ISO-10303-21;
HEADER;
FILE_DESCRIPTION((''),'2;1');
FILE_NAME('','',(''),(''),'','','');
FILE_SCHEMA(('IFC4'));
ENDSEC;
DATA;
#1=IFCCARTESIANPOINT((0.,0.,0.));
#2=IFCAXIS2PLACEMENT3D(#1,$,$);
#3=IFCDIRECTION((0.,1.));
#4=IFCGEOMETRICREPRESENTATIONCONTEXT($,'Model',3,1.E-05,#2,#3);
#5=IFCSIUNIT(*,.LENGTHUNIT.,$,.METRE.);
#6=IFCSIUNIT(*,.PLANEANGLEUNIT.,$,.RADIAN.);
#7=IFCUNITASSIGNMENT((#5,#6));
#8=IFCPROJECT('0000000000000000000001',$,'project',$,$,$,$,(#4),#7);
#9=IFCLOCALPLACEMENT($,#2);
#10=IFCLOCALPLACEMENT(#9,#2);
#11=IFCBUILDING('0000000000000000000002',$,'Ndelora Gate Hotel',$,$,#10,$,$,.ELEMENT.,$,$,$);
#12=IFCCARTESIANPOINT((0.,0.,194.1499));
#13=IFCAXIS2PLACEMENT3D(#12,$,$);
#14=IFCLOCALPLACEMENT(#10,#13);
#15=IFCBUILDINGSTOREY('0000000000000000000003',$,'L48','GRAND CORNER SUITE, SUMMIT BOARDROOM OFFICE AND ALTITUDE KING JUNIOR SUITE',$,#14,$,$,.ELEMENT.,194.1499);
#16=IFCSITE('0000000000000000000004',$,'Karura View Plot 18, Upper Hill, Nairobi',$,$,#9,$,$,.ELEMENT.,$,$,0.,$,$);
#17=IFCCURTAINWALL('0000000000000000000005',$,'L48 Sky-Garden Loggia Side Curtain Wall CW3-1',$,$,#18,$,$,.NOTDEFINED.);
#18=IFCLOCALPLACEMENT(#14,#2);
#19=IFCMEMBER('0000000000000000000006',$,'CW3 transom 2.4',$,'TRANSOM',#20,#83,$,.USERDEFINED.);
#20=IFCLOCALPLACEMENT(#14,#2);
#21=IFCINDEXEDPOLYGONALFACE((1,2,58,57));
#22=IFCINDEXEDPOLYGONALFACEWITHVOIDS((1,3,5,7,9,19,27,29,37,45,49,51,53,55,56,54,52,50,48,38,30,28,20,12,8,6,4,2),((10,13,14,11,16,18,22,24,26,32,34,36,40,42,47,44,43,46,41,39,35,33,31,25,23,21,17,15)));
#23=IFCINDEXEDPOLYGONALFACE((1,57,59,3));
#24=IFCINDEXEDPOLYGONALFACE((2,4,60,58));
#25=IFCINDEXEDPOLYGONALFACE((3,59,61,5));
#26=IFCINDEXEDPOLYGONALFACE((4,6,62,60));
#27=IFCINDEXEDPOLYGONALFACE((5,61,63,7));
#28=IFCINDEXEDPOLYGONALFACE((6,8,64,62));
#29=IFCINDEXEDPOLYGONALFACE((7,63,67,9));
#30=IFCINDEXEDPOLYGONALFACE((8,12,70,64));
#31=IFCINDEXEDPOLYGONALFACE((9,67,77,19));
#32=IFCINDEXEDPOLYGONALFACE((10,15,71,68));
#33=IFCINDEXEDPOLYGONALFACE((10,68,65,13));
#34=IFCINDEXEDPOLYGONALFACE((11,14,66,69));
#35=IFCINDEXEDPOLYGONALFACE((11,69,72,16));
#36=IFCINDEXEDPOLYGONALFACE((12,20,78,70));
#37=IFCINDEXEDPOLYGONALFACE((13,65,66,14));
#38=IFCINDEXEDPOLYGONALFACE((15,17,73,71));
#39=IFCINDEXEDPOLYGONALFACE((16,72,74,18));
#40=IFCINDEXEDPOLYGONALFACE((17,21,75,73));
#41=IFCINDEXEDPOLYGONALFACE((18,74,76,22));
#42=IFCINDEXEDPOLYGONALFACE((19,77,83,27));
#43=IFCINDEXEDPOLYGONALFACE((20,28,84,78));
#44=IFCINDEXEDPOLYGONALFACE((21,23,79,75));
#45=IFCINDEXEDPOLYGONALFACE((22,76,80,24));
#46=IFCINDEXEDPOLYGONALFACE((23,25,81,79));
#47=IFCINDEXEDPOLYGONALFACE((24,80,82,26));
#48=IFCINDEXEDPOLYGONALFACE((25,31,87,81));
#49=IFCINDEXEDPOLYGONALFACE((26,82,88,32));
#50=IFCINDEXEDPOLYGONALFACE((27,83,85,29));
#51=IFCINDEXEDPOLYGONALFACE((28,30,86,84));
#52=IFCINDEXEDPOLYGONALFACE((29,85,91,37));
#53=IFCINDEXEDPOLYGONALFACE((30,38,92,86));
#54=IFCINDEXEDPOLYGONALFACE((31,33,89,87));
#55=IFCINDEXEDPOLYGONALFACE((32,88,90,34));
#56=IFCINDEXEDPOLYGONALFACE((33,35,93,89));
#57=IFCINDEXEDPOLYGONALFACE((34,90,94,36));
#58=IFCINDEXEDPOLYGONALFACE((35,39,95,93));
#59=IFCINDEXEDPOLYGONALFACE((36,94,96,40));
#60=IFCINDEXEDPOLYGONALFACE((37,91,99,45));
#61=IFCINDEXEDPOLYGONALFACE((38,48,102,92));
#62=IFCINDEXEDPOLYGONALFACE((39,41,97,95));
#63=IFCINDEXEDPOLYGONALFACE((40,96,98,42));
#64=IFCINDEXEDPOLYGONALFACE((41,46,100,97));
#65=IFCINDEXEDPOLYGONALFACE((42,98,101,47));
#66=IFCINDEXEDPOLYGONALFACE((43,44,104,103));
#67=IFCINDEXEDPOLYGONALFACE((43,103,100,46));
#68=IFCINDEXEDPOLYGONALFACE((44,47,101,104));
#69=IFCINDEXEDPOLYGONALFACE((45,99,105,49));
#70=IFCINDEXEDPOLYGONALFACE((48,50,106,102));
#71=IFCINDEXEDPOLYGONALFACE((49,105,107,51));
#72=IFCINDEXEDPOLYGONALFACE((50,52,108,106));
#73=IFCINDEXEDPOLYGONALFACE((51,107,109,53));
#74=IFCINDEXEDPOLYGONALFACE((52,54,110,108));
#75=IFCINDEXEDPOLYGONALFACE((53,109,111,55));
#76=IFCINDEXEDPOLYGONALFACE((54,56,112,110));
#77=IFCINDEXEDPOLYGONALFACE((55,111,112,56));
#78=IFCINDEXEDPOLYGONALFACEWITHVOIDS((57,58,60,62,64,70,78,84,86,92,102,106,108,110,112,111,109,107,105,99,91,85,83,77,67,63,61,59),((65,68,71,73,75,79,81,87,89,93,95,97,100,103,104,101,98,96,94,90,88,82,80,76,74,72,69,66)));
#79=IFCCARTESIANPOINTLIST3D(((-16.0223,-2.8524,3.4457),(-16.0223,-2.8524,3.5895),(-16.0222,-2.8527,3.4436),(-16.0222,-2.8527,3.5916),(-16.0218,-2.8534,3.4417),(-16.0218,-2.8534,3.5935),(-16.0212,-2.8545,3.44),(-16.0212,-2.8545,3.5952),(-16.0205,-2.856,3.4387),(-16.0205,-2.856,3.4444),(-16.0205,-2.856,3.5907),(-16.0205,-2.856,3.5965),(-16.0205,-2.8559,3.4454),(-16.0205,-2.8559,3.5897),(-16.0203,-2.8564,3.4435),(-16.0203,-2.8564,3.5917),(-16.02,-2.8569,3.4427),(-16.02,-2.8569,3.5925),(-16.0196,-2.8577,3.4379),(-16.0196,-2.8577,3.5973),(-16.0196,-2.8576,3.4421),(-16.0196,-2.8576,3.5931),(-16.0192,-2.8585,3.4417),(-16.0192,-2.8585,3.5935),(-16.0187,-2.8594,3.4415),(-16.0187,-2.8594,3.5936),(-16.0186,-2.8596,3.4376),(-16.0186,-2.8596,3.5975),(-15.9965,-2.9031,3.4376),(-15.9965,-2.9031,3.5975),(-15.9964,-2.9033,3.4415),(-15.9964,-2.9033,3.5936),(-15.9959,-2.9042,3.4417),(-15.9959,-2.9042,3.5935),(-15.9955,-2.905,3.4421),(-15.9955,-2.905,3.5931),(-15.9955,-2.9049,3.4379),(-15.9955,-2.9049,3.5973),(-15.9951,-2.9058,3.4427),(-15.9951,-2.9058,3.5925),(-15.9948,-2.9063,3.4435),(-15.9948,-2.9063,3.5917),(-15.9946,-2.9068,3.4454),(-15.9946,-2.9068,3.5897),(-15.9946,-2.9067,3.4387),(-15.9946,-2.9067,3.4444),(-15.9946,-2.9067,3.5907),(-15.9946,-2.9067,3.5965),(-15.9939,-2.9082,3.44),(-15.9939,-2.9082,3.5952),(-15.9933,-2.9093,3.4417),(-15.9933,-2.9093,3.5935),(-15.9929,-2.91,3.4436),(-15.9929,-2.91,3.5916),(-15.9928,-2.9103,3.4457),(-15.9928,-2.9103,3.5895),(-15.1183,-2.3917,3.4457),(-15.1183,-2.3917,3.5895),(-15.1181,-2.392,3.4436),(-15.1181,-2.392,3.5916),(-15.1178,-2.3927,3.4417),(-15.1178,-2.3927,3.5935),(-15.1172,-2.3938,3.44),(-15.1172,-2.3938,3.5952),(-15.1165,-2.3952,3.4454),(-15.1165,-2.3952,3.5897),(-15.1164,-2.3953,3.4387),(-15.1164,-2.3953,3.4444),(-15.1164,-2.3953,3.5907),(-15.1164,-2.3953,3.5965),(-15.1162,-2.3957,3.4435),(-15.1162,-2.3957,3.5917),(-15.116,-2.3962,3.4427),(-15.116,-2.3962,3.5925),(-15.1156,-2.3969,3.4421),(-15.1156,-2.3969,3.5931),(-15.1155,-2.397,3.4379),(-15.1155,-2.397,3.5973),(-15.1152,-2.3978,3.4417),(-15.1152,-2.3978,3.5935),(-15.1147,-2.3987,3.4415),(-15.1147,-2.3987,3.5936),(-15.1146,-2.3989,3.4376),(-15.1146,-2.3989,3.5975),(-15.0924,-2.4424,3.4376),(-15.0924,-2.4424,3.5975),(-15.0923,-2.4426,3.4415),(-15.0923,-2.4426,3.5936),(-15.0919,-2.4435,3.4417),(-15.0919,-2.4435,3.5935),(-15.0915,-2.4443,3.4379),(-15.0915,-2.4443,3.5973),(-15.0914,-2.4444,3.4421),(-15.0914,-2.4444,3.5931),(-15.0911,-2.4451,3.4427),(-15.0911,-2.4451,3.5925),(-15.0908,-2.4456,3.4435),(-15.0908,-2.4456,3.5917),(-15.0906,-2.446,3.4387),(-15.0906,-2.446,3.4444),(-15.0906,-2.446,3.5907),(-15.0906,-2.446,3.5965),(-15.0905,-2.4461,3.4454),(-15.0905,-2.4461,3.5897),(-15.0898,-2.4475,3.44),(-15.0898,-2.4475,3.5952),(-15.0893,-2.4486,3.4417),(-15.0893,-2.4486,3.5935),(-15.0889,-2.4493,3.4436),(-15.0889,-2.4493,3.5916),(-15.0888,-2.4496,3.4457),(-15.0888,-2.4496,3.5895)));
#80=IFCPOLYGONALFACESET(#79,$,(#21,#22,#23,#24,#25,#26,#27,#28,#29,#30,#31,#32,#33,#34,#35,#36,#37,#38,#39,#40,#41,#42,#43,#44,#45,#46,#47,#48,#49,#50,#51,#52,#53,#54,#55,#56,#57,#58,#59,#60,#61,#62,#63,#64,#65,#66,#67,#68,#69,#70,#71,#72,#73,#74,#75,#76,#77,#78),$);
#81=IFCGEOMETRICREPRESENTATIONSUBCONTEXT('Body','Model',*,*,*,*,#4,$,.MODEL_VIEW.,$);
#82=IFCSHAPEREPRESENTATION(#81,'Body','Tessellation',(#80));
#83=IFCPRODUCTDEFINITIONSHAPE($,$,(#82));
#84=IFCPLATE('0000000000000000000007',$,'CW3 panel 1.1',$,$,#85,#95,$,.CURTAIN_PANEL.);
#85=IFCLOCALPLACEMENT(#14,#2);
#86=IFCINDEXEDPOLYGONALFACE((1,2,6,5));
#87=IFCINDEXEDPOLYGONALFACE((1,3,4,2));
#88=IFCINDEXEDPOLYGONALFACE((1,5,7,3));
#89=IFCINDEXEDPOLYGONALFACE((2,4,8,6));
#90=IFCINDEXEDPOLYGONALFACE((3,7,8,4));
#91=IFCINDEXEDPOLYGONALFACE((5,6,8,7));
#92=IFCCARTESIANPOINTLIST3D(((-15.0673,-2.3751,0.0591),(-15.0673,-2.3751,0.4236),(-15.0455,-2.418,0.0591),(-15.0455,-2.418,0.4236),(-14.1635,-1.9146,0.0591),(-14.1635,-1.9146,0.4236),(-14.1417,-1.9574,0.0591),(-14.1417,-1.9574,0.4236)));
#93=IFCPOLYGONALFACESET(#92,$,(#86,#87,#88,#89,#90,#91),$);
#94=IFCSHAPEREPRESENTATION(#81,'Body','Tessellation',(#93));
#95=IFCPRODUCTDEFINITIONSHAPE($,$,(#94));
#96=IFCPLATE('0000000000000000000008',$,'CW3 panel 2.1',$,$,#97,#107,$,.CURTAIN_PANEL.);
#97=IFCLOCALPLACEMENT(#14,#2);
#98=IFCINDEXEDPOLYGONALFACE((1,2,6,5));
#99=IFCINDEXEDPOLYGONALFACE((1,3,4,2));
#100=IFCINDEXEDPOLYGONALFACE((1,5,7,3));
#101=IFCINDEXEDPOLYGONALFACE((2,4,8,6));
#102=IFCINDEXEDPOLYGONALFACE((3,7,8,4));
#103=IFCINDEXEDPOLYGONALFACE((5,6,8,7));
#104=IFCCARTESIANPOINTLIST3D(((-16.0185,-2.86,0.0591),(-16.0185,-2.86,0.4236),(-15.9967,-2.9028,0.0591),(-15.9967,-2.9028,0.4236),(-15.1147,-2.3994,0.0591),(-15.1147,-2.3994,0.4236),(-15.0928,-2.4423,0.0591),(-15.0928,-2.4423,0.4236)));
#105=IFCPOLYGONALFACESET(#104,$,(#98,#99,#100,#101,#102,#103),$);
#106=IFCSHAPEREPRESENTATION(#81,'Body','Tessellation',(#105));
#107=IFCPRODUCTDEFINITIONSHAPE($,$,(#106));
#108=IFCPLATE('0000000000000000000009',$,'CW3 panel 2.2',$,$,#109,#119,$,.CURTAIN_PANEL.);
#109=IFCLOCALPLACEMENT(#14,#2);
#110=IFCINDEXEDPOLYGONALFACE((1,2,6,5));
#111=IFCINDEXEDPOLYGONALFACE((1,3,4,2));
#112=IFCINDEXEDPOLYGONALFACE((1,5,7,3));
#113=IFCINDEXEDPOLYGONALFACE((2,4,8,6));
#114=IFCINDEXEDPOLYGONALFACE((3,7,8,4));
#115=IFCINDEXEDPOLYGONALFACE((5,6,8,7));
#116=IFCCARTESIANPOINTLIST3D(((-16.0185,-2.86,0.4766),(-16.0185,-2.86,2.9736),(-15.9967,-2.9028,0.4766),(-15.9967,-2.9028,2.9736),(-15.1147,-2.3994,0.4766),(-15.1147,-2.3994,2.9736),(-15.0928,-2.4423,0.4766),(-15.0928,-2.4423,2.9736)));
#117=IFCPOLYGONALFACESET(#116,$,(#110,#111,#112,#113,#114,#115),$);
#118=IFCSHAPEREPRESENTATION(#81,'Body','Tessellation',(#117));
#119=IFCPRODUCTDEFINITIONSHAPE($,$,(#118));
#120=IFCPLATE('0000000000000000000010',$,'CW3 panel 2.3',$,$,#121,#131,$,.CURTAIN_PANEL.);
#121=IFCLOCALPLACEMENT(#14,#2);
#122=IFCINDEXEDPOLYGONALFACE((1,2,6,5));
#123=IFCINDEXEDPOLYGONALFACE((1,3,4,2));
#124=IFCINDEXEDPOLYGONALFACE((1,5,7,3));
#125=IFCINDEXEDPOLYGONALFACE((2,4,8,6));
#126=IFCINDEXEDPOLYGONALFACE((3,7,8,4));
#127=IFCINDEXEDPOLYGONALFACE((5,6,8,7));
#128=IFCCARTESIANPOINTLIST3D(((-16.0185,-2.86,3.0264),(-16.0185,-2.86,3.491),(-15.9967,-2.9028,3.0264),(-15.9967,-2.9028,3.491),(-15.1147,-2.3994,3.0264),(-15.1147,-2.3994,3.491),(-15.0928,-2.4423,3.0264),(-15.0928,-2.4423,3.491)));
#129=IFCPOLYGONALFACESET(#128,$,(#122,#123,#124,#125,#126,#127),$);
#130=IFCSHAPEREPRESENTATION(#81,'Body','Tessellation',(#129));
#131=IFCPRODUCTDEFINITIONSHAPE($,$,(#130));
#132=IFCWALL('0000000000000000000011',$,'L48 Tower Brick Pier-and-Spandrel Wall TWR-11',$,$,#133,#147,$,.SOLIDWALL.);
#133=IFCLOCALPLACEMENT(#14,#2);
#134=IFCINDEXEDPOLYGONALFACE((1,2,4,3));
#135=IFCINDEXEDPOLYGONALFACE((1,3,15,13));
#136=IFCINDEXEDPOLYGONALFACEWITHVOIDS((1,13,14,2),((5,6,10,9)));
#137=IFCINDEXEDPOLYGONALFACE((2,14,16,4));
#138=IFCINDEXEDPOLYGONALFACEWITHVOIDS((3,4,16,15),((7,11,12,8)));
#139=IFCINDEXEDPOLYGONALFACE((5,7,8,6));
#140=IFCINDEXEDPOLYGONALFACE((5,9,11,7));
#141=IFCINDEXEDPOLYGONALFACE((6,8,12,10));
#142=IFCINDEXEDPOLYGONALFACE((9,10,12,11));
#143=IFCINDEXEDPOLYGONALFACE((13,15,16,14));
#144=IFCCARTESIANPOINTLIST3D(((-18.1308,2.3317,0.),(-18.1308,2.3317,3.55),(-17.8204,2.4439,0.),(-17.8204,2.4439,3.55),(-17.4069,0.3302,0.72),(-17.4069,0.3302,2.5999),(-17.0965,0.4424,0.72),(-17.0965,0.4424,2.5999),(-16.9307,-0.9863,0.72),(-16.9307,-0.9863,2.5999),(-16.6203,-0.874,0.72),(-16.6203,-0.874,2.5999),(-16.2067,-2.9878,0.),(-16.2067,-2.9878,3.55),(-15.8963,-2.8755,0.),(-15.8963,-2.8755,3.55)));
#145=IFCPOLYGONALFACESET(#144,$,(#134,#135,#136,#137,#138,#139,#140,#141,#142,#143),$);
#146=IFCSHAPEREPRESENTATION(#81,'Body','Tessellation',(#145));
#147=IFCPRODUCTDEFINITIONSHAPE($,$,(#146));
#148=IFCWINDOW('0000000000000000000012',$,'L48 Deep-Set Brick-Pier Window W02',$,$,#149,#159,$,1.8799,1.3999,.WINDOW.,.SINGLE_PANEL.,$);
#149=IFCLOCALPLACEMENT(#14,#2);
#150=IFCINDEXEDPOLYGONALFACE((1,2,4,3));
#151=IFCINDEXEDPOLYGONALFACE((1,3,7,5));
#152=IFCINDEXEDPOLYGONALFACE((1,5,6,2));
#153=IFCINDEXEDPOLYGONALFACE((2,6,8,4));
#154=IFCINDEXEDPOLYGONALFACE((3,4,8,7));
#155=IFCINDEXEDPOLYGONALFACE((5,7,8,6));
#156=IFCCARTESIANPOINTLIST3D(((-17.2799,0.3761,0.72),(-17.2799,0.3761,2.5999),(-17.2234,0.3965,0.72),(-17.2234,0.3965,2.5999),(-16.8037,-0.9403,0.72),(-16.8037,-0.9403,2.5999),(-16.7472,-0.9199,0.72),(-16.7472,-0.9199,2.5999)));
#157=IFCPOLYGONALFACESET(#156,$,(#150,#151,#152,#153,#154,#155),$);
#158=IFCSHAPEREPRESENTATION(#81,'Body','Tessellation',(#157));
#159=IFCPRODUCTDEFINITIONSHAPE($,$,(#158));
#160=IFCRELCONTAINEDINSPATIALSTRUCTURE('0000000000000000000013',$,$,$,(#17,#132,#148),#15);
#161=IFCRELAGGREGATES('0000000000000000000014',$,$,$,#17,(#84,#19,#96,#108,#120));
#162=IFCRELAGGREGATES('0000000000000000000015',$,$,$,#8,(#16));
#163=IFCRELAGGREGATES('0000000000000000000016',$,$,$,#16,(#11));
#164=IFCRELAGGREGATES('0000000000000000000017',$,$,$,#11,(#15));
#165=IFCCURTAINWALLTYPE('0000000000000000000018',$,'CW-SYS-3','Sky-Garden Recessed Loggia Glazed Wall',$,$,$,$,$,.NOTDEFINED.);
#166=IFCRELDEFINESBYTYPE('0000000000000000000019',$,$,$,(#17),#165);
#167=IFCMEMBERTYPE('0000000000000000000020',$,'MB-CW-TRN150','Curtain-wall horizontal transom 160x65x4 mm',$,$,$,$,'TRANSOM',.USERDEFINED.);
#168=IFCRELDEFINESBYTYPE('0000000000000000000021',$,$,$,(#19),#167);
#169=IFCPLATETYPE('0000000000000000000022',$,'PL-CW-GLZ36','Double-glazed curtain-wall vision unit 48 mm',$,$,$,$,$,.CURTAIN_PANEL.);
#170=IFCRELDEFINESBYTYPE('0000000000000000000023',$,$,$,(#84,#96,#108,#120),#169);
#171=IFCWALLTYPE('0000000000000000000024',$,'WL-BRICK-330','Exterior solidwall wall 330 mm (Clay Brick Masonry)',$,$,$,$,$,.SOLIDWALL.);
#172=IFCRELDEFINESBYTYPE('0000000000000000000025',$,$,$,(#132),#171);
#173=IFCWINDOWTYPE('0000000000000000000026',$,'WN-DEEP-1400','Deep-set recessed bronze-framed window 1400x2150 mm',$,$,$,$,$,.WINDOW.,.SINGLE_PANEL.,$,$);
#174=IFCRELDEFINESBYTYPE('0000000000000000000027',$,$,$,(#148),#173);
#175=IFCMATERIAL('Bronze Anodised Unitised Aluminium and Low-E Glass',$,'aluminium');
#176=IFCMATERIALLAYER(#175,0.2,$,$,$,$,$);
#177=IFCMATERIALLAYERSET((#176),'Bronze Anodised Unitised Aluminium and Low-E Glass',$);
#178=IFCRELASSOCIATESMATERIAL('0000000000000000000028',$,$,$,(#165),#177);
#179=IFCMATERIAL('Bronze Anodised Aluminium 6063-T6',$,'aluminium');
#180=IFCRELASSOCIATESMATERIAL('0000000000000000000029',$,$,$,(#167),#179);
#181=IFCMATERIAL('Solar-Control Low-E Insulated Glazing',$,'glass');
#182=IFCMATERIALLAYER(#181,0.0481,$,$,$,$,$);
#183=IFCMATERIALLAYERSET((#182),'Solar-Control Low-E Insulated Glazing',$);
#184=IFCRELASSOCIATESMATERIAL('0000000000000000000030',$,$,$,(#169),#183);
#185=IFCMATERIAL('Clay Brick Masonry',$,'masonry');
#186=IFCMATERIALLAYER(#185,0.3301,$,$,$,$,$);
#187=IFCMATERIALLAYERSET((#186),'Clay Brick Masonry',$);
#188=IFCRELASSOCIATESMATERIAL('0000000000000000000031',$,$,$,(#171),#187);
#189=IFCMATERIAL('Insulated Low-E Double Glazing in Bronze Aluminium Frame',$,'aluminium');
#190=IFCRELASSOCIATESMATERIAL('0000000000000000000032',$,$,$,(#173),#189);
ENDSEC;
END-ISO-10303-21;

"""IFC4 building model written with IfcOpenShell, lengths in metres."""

from ifc_helpers import new_model, si_unit, direction, frame, frame_2d, origin, origin_2d, place, context, subcontext, project, spatial, rectangle, hollow_rectangle, extrude, material, layer, layer_set, material_profile, profile_set, type_object, element, fill, aggregate, save


model = new_model("IFC4")

# Units and contexts
model_context = context("Model", 3, precision=1e-05, world=origin(), true_north=direction((0.0, 1.0)))
body_context = subcontext(model_context, "Body", "Model", "MODEL_VIEW")
ifc_project = project(units=[si_unit("LENGTHUNIT", "METRE"), si_unit("PLANEANGLEUNIT", "RADIAN")], contexts=[model_context])

# Site, building, storey
site_placement = place(None, origin())
site = spatial("IfcSite", under=ifc_project, at=site_placement, Name="Karura View Plot 18, Upper Hill, Nairobi", CompositionType="ELEMENT", RefElevation=0.0)
building_placement = place(site_placement, origin())
building = spatial("IfcBuilding", under=site, at=building_placement, Name="Ndelora Gate Hotel", CompositionType="ELEMENT")
storey_placement = place(building_placement, frame((0.0, 0.0, 194.1499)))
storey = spatial("IfcBuildingStorey", under=building, at=storey_placement, Name="L48", Description="GRAND CORNER SUITE, SUMMIT BOARDROOM OFFICE AND ALTITUDE KING JUNIOR SUITE", CompositionType="ELEMENT", Elevation=194.1499)

# Curtain wall, member, plates
ifc_material_1 = material(Name="Bronze Anodised Unitised Aluminium and Low-E Glass", Category="aluminium")
ifc_layer_1 = layer(ifc_material_1, 0.2)
ifc_layer_set_1 = layer_set([ifc_layer_1], Name="Bronze Anodised Unitised Aluminium and Low-E Glass")
curtain_wall_type = type_object("IfcCurtainWallType", Name="CW-SYS-3", Description="Sky-Garden Recessed Loggia Glazed Wall", PredefinedType="NOTDEFINED", material=ifc_layer_set_1)
curtain_wall_placement = place(storey_placement, origin())
curtain_wall = element("IfcCurtainWall", 1, at=curtain_wall_placement, inside=storey, type_object=curtain_wall_type, Name="L48 Sky-Garden Loggia Side Curtain Wall CW3-1", PredefinedType="NOTDEFINED")
ifc_material_2 = material(Name="Bronze Anodised Aluminium 6063-T6", Category="aluminium")
ifc_material_profile_1 = material_profile(ifc_material_2, hollow_rectangle(XDim=0.0649, YDim=0.1599, WallThickness=0.0039, InnerFilletRadius=0.0039, OuterFilletRadius=0.0081, at=origin_2d()), Name="ALU 160x65x4")
ifc_profile_set_1 = profile_set([ifc_material_profile_1], Name="Bronze Anodised Aluminium 6063-T6")
member_type_1 = type_object("IfcMemberType", Name="MB-CW-TRN150", Description="Curtain-wall horizontal transom 160x65x4 mm", ElementType="TRANSOM", PredefinedType="USERDEFINED", material=ifc_profile_set_1)
member_1_placement = place(storey_placement, frame((-15.1035, -2.4207, 3.5176), z_axis=(-0.890984, -0.454034, 0.0), x_axis=(0.454034, -0.890984, 0.0)))
member_1 = element("IfcMember", 2, at=member_1_placement, type_object=member_type_1, Name="CW3 transom 2.4", ObjectType="TRANSOM", PredefinedType="USERDEFINED", context=body_context, shape_type="SweptSolid", body=[
    extrude(hollow_rectangle(XDim=0.0649, YDim=0.1599, WallThickness=0.0039, InnerFilletRadius=0.0039, OuterFilletRadius=0.0081, at=origin_2d()), origin(), (0.0, 0.0, 1.0), 1.0146),
])
ifc_material_3 = material(Name="Solar-Control Low-E Insulated Glazing", Category="glass")
ifc_layer_2 = layer(ifc_material_3, 0.0481)
ifc_layer_set_2 = layer_set([ifc_layer_2], Name="Solar-Control Low-E Insulated Glazing")
plate_type = type_object("IfcPlateType", Name="PL-CW-GLZ36", Description="Double-glazed curtain-wall vision unit 48 mm", PredefinedType="CURTAIN_PANEL", material=ifc_layer_set_2)
plate_1_placement = place(storey_placement, frame((-14.6045, -2.1663, 0.0591), z_axis=(0.0, 0.0, 1.0), x_axis=(-0.891001, -0.454001, 0.0)))
plate_1 = element("IfcPlate", 3, at=plate_1_placement, type_object=plate_type, Name="CW3 panel 1.1", PredefinedType="CURTAIN_PANEL", context=body_context, shape_type="SweptSolid", body=[
    extrude(rectangle(XDim=1.0144, YDim=0.0481, at=origin_2d()), origin(), (0.0, 0.0, 1.0), 0.3645),
])
plate_2_placement = place(storey_placement, frame((-15.5557, -2.6511, 0.0591), z_axis=(0.0, 0.0, 1.0), x_axis=(-0.891001, -0.454001, 0.0)))
plate_2 = element("IfcPlate", 4, at=plate_2_placement, type_object=plate_type, Name="CW3 panel 2.1", PredefinedType="CURTAIN_PANEL", context=body_context, shape_type="SweptSolid", body=[
    extrude(rectangle(XDim=1.0144, YDim=0.0481, at=origin_2d()), origin(), (0.0, 0.0, 1.0), 0.3645),
])
plate_3_placement = place(storey_placement, frame((-15.5557, -2.6511, 0.4766), z_axis=(0.0, 0.0, 1.0), x_axis=(-0.891001, -0.454001, 0.0)))
plate_3 = element("IfcPlate", 5, at=plate_3_placement, type_object=plate_type, Name="CW3 panel 2.2", PredefinedType="CURTAIN_PANEL", context=body_context, shape_type="SweptSolid", body=[
    extrude(rectangle(XDim=1.0144, YDim=0.0481, at=origin_2d()), origin(), (0.0, 0.0, 1.0), 2.4971),
])
plate_4_placement = place(storey_placement, frame((-15.5557, -2.6511, 3.0264), z_axis=(0.0, 0.0, 1.0), x_axis=(-0.891001, -0.454001, 0.0)))
plate_4 = element("IfcPlate", 6, at=plate_4_placement, type_object=plate_type, Name="CW3 panel 2.3", PredefinedType="CURTAIN_PANEL", context=body_context, shape_type="SweptSolid", body=[
    extrude(rectangle(XDim=1.0144, YDim=0.0481, at=origin_2d()), origin(), (0.0, 0.0, 1.0), 0.4646),
])
aggregate(curtain_wall, [plate_1, member_1, plate_2, plate_3, plate_4])

# Wall, opening, window
ifc_material_4 = material(Name="Clay Brick Masonry", Category="masonry")
ifc_layer_3 = layer(ifc_material_4, 0.3301)
ifc_layer_set_3 = layer_set([ifc_layer_3], Name="Clay Brick Masonry")
wall_type_1 = type_object("IfcWallType", Name="WL-BRICK-330", Description="Exterior solidwall wall 330 mm (Clay Brick Masonry)", PredefinedType="SOLIDWALL", material=ifc_layer_set_3)
wall_1_placement = place(storey_placement, frame((-16.0515, -2.9316, 0.0), z_axis=(0.0, 0.0, 1.0), x_axis=(-0.340145, 0.940373, 0.0)))
wall_1 = element("IfcWall", 7, at=wall_1_placement, inside=storey, type_object=wall_type_1, Name="L48 Tower Brick Pier-and-Spandrel Wall TWR-11", PredefinedType="SOLIDWALL", context=body_context, shape_type="SweptSolid", body=[
    extrude(rectangle(XDim=5.6567, YDim=0.3301, at=frame_2d((2.8284, 0.0))), origin(), (0.0, 0.0, 1.0), 3.55),
])
opening_1_placement = place(wall_1_placement, frame((2.1284, 0.0, 0.72)))
opening_1 = element("IfcOpeningElement", 8, at=opening_1_placement, cuts=wall_1, PredefinedType="OPENING", context=body_context, shape_type="SweptSolid", body=[
    extrude(rectangle(XDim=1.3999, YDim=1.8799, at=frame_2d((0.7, 0.9399))), frame((0.0, 0.175, 0.0), z_axis=(0.0, -1.0, 0.0), x_axis=(1.0, 0.0, 0.0)), (0.0, 0.0, 1.0), 0.3501),
])
ifc_material_5 = material(Name="Insulated Low-E Double Glazing in Bronze Aluminium Frame", Category="aluminium")
window_type = type_object("IfcWindowType", Name="WN-DEEP-1400", Description="Deep-set recessed bronze-framed window 1400x2150 mm", PartitioningType="SINGLE_PANEL", PredefinedType="WINDOW", material=ifc_material_5)
window_placement = place(opening_1_placement, origin())
window = element("IfcWindow", 9, at=window_placement, inside=storey, type_object=window_type, Name="L48 Deep-Set Brick-Pier Window W02", OverallHeight=1.8799, OverallWidth=1.3999, PartitioningType="SINGLE_PANEL", PredefinedType="WINDOW", context=body_context, shape_type="SweptSolid", body=[
    extrude(rectangle(XDim=1.3999, YDim=1.8799, at=frame_2d((0.7, 0.9399))), frame((0.0, 0.03, 0.0), z_axis=(0.0, -1.0, 0.0), x_axis=(1.0, 0.0, 0.0)), (0.0, 0.0, 1.0), 0.0601),
])
fill(opening_1, window)

save(model, "model.ifc")
